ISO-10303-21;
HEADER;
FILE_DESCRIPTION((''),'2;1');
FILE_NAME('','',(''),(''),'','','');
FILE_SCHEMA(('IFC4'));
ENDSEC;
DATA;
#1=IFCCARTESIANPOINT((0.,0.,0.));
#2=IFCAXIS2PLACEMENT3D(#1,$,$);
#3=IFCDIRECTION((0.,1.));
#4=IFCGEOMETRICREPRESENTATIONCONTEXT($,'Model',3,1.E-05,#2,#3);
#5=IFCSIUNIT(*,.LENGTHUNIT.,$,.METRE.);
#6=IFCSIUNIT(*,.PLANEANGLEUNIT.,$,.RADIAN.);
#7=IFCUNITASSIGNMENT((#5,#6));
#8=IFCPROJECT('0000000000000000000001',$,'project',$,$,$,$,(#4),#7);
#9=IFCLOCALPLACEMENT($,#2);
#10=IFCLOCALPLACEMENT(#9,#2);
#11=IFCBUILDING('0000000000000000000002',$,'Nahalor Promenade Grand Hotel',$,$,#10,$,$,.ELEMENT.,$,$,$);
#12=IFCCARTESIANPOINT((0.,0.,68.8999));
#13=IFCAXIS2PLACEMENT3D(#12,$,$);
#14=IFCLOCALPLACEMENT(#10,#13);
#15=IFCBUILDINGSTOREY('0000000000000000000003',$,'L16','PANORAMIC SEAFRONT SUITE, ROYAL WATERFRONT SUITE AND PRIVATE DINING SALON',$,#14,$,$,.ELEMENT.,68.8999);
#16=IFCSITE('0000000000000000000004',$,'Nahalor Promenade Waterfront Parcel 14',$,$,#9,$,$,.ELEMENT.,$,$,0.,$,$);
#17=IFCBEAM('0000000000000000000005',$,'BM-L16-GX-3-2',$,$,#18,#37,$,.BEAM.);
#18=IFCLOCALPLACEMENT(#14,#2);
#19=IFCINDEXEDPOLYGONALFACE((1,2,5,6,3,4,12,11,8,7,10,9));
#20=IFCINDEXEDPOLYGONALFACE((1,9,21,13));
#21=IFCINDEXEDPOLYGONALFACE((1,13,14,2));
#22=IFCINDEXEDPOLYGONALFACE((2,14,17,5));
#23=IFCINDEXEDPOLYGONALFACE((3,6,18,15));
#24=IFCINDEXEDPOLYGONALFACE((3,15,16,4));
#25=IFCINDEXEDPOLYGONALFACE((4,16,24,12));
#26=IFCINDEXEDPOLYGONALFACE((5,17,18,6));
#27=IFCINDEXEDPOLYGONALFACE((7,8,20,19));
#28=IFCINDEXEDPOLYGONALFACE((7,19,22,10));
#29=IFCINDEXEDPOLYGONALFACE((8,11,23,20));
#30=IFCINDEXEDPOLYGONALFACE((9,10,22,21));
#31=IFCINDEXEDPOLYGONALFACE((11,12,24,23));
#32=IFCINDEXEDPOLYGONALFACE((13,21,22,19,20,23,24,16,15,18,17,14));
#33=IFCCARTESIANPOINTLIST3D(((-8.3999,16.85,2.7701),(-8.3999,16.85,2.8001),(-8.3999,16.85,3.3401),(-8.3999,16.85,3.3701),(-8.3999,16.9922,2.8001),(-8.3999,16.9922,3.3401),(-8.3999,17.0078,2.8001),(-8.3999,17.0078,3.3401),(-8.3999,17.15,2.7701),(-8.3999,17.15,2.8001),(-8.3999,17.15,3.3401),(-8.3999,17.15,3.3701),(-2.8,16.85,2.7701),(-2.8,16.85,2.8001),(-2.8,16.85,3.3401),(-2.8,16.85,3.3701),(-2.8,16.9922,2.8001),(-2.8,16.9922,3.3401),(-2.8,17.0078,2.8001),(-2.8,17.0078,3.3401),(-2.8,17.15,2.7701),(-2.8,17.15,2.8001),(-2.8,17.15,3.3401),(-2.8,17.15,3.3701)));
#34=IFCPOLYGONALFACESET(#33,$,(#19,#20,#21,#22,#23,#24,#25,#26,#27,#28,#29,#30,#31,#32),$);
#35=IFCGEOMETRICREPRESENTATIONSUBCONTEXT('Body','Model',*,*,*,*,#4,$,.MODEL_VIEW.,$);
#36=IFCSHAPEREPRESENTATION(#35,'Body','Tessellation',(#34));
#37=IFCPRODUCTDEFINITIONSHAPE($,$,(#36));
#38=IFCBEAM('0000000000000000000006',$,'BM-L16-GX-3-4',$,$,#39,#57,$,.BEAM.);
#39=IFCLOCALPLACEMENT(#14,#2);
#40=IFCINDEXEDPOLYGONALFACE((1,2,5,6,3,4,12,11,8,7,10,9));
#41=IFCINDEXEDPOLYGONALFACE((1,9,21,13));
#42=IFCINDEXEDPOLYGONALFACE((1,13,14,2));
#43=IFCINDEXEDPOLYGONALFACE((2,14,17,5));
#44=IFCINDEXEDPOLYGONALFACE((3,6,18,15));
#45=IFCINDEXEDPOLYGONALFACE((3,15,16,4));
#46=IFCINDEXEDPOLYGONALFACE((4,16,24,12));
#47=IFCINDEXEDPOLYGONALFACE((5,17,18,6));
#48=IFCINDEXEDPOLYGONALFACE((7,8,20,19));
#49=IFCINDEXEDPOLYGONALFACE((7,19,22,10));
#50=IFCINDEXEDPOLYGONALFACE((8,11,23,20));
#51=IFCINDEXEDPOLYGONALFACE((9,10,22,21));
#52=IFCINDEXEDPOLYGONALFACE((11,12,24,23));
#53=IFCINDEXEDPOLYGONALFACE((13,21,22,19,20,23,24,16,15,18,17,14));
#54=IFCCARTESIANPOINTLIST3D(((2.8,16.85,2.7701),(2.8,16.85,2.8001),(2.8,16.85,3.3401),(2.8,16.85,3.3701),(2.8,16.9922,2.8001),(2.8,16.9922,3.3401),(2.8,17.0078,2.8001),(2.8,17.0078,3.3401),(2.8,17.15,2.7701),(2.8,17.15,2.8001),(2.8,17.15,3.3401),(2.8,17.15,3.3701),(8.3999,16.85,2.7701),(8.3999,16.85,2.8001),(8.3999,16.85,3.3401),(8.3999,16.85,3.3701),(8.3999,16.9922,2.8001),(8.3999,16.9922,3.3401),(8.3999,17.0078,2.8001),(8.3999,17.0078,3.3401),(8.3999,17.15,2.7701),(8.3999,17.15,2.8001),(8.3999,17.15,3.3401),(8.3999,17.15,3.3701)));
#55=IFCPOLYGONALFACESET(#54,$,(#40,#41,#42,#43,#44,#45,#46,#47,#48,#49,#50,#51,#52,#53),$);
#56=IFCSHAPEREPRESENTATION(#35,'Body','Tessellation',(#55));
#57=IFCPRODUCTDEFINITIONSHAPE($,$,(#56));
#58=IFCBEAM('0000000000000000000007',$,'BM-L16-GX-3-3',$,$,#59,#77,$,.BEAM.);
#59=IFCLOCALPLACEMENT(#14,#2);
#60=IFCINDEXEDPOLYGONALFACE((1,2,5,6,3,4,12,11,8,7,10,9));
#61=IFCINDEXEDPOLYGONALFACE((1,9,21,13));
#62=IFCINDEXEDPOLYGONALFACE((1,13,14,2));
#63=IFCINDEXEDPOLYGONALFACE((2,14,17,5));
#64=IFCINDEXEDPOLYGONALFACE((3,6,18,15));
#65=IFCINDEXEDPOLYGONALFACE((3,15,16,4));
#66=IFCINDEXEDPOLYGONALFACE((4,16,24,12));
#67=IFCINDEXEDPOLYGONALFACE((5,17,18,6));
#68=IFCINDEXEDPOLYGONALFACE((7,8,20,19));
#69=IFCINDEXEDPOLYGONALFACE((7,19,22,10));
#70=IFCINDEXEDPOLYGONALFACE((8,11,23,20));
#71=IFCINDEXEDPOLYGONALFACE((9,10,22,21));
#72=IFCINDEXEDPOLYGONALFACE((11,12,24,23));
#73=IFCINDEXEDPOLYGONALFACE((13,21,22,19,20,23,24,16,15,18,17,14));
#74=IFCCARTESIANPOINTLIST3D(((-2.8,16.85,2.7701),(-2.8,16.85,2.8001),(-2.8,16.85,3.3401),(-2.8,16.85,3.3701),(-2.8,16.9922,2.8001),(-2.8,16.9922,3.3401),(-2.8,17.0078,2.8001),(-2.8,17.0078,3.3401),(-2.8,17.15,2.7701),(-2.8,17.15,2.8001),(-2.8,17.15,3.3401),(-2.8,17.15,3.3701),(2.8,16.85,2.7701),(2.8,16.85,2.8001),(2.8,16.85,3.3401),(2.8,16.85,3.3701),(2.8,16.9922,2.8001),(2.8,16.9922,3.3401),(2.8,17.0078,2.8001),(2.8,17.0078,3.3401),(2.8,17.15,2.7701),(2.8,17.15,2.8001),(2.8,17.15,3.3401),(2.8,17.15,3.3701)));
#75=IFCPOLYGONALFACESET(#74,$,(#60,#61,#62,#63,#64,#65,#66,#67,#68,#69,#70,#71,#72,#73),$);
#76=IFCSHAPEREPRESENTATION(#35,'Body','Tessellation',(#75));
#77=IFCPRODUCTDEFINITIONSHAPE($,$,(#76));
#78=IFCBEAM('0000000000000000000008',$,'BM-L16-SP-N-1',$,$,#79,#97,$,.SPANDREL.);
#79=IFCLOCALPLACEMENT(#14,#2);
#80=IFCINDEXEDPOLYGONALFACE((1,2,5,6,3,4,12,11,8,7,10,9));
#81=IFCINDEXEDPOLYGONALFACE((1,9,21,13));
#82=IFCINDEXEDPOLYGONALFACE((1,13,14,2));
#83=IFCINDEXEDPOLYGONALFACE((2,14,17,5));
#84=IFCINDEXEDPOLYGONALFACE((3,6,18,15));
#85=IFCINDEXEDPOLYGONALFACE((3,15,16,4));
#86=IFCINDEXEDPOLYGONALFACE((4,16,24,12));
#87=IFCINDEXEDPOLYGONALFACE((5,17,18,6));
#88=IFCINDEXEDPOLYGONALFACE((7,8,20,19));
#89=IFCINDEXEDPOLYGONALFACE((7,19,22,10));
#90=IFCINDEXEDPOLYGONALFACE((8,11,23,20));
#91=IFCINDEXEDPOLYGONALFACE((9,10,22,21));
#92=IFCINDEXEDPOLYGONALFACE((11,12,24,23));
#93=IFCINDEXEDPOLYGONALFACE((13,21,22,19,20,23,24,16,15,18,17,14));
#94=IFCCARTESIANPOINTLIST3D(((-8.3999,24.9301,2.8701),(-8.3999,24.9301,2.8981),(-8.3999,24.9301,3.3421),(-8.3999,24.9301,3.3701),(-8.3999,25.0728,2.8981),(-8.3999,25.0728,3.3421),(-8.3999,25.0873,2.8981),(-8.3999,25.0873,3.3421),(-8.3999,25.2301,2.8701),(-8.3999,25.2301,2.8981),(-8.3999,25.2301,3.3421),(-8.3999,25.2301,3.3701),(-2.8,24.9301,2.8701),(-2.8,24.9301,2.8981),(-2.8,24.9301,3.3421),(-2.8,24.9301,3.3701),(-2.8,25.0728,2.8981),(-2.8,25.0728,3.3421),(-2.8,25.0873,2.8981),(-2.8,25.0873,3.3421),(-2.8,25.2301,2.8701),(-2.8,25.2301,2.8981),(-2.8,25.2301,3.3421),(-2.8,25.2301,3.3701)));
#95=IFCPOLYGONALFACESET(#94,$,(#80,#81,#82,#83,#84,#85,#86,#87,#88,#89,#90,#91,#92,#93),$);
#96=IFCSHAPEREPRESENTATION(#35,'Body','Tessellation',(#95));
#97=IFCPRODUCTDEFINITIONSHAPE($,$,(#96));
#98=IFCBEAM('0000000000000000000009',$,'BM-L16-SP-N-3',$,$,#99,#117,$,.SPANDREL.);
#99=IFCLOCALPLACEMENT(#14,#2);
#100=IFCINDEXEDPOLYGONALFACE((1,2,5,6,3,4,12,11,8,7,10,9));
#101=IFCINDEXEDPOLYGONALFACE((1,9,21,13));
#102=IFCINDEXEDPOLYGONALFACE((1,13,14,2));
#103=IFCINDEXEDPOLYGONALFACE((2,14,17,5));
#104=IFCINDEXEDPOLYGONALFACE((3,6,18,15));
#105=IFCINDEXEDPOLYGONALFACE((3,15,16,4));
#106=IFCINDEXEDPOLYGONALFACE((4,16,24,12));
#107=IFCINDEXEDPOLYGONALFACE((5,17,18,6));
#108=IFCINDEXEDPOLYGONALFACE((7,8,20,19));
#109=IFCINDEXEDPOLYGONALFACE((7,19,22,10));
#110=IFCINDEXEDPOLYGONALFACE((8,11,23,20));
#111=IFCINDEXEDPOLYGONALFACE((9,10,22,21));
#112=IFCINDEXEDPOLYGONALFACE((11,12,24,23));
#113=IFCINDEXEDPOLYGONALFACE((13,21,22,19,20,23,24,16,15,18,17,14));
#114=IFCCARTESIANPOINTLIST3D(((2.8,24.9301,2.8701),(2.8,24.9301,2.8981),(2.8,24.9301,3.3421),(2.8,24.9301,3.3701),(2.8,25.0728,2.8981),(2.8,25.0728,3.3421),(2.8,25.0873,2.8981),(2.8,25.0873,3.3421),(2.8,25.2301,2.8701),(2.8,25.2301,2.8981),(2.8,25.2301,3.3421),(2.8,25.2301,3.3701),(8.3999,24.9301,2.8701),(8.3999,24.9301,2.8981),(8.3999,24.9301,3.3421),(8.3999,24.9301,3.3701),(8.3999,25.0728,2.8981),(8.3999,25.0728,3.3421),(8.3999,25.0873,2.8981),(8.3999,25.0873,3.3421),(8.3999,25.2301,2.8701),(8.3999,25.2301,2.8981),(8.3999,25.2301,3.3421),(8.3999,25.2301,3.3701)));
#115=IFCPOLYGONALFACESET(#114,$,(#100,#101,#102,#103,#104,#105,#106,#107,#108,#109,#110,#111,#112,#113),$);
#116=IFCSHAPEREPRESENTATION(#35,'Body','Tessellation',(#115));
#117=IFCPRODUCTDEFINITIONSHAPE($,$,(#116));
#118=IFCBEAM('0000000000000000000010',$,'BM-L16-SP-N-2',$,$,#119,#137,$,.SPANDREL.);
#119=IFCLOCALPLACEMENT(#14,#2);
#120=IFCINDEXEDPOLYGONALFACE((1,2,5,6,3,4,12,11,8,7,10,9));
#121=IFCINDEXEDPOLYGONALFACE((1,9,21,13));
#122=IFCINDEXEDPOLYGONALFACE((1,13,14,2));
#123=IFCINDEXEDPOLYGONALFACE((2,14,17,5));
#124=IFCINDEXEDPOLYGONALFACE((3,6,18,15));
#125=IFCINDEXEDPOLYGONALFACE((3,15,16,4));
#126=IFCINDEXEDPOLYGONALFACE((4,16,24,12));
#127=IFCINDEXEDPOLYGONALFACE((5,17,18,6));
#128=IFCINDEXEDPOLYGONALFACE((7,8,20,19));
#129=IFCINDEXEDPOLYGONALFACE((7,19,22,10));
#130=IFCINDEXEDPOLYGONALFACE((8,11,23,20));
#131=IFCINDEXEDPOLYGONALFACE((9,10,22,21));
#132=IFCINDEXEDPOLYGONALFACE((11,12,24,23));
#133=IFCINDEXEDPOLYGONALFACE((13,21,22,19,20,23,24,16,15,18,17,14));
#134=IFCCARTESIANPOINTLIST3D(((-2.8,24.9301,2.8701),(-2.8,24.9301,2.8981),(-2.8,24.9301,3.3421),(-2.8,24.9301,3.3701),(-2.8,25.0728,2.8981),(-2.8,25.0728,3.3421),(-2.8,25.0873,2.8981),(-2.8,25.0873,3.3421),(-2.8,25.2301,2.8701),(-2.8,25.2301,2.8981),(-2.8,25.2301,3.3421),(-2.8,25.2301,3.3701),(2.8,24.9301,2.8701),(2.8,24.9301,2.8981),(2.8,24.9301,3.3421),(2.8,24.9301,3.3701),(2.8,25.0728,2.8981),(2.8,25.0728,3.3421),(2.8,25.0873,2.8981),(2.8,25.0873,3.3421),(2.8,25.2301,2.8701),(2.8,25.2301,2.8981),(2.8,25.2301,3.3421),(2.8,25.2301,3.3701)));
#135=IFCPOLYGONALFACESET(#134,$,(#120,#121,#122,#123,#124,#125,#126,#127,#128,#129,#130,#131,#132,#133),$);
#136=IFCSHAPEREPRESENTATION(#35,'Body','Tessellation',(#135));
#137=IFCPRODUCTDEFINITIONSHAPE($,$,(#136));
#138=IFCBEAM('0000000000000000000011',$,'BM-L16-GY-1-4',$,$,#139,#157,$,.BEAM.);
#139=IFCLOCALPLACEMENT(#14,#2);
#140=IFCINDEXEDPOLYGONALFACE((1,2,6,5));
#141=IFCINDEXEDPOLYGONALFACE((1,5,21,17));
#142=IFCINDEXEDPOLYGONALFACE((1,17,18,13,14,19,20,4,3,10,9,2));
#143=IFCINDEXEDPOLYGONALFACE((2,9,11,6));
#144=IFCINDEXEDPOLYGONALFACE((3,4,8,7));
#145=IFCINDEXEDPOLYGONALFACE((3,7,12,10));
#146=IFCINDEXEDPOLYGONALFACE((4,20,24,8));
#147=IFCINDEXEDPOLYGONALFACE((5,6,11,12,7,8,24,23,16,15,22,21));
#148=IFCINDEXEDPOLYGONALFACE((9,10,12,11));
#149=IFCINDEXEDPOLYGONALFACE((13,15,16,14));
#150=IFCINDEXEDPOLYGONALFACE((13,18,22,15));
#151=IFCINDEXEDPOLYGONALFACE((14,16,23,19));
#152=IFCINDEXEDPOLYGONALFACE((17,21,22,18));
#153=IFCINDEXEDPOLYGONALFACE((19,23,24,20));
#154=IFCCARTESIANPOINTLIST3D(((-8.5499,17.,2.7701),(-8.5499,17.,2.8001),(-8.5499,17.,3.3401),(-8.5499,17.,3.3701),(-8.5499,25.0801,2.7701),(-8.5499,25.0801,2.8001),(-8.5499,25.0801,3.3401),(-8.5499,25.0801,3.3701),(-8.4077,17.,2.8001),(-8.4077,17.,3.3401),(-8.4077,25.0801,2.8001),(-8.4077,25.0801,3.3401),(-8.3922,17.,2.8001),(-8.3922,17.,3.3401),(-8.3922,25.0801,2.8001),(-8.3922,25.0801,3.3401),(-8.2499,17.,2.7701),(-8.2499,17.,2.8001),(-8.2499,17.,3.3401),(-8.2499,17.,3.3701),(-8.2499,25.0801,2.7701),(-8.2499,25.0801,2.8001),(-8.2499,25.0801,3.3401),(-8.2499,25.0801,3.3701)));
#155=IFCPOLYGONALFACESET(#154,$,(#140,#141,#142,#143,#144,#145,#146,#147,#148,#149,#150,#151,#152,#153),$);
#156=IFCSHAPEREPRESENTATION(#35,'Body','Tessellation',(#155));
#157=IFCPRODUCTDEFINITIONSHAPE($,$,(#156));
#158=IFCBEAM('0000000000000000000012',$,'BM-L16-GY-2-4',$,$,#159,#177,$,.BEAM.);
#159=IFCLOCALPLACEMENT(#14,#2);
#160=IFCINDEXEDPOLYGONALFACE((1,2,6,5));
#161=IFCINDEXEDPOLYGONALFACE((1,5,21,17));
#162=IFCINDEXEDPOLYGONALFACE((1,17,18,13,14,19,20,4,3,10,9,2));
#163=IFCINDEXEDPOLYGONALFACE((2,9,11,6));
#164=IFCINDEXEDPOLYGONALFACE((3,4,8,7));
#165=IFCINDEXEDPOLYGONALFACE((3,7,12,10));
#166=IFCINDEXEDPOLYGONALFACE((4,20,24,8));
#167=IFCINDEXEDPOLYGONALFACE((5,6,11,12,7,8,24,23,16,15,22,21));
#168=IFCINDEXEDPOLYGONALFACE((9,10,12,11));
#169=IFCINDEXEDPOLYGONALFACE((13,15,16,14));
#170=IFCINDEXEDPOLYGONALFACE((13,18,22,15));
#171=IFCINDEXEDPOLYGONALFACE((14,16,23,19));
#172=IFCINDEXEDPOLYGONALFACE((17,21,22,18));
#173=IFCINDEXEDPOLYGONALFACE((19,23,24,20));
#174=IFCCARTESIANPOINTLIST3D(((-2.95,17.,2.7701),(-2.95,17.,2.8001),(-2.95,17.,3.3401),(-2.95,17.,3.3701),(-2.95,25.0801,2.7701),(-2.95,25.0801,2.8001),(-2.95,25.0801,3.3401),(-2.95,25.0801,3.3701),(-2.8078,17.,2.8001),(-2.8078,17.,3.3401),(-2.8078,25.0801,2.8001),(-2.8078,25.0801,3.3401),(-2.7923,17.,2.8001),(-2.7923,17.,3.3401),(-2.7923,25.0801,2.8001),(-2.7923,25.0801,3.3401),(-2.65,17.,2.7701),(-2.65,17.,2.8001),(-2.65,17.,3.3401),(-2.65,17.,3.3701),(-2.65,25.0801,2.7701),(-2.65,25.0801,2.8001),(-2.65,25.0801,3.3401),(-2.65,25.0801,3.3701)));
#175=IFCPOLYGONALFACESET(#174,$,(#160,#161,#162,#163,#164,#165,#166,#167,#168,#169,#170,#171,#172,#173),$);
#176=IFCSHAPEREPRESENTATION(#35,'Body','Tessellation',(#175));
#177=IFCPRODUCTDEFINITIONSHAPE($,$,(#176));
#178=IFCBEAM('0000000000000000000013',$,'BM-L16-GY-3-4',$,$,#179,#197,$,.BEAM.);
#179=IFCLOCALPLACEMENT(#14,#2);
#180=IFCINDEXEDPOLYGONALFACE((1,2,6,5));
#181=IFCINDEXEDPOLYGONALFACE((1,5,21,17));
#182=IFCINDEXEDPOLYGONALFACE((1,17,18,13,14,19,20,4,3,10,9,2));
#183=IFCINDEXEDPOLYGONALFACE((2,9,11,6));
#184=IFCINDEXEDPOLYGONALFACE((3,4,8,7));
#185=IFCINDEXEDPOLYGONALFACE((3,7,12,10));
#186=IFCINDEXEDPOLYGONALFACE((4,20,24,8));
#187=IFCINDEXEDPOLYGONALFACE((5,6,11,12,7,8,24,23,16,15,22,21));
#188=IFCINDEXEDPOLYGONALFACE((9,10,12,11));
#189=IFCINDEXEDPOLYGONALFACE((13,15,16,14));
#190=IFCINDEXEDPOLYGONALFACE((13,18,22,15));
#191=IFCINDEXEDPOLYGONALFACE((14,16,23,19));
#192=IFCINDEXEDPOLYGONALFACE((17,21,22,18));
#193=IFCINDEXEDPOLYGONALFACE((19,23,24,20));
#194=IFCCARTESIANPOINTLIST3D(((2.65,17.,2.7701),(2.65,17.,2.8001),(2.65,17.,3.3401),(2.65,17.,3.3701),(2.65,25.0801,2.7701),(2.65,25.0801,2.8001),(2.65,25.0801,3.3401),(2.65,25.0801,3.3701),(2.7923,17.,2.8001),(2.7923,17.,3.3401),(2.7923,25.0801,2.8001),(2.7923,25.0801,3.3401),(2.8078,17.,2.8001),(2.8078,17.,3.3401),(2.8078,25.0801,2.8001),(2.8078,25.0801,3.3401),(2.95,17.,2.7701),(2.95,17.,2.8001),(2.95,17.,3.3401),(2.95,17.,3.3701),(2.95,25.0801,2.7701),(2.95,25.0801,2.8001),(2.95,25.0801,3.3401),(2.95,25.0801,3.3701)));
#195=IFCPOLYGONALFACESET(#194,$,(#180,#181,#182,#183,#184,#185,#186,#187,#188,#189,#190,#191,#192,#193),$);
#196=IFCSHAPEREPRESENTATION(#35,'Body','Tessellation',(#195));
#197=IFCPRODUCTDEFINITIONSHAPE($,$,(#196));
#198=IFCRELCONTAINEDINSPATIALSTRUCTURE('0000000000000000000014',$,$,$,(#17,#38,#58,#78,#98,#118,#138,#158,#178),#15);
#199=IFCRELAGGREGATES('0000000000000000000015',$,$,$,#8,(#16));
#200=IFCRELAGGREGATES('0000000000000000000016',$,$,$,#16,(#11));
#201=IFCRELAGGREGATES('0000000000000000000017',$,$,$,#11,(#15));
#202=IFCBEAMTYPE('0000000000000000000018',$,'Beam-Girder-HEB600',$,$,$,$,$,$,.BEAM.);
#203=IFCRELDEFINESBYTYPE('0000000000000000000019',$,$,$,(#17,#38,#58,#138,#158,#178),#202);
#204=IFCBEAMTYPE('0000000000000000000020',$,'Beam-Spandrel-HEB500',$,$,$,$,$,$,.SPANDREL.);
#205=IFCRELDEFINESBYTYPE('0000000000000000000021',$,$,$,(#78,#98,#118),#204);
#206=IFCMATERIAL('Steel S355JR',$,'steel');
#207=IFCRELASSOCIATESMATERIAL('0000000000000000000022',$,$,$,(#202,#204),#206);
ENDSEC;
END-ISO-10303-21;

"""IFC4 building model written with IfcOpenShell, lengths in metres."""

from ifc_helpers import new_model, si_unit, direction, frame, origin, origin_2d, place, context, subcontext, project, spatial, i_section, extrude, source, transform, mapped, material, material_profile, profile_set, type_object, element, save


model = new_model("IFC4")

# Units and contexts
model_context = context("Model", 3, precision=1e-05, world=origin(), true_north=direction((0.0, 1.0)))
body_context = subcontext(model_context, "Body", "Model", "MODEL_VIEW")
ifc_project = project(units=[si_unit("LENGTHUNIT", "METRE"), si_unit("PLANEANGLEUNIT", "RADIAN")], contexts=[model_context])

# Site, building, storey
site_placement = place(None, origin())
site = spatial("IfcSite", under=ifc_project, at=site_placement, Name="Nahalor Promenade Waterfront Parcel 14", CompositionType="ELEMENT", RefElevation=0.0)
building_placement = place(site_placement, origin())
building = spatial("IfcBuilding", under=site, at=building_placement, Name="Nahalor Promenade Grand Hotel", CompositionType="ELEMENT")
storey_placement = place(building_placement, frame((0.0, 0.0, 68.8999)))
storey = spatial("IfcBuildingStorey", under=building, at=storey_placement, Name="L16", Description="PANORAMIC SEAFRONT SUITE, ROYAL WATERFRONT SUITE AND PRIVATE DINING SALON", CompositionType="ELEMENT", Elevation=68.8999)

# Beams
ifc_material_1 = material(Name="Steel S355JR", Category="steel")
ifc_material_profile_1 = material_profile(ifc_material_1, i_section(OverallWidth=0.3, OverallDepth=0.6, WebThickness=0.0155, FlangeThickness=0.03, at=origin_2d()), Name="HEB 600")
ifc_profile_set_1 = profile_set([ifc_material_profile_1], Name="Steel S355JR")
beam_type_1 = type_object("IfcBeamType", Name="Beam-Girder-HEB600", PredefinedType="BEAM", material=ifc_profile_set_1)
shared_shape_1 = source(origin(), body_context, "Body", "SweptSolid", [
    extrude(i_section(OverallWidth=0.3, OverallDepth=0.6, WebThickness=0.0155, FlangeThickness=0.03, at=origin_2d()), origin(), (0.0, 0.0, 1.0), 5.5999),
])
for number, where, z_axis, x_axis, name in (
    (1, (-8.3999, 17.0, 3.0701), (1.0, 0.0, 0.0), (0.0, 1.0, 0.0), "BM-L16-GX-3-2"),
    (2, (2.8, 17.0, 3.0701), (1.0, 0.0, 0.0), (0.0, 1.0, 0.0), "BM-L16-GX-3-4"),
):
    element("IfcBeam", number, at=place(storey_placement, frame(where, z_axis=z_axis, x_axis=x_axis)), inside=storey, type_object=beam_type_1, Name=name, PredefinedType="BEAM", context=body_context, shape_type="MappedRepresentation", body=[
        mapped(shared_shape_1, transform((0.0, 0.0, 0.0), scale=1.0)),
    ])
shared_shape_2 = source(origin(), body_context, "Body", "SweptSolid", [
    extrude(i_section(OverallWidth=0.3, OverallDepth=0.6, WebThickness=0.0155, FlangeThickness=0.03, at=origin_2d()), origin(), (0.0, 0.0, 1.0), 5.6001),
])
beam_1_placement = place(storey_placement, frame((-2.8, 17.0, 3.0701), z_axis=(1.0, 0.0, 0.0), x_axis=(0.0, 1.0, 0.0)))
element("IfcBeam", 3, at=beam_1_placement, inside=storey, type_object=beam_type_1, Name="BM-L16-GX-3-3", PredefinedType="BEAM", context=body_context, shape_type="MappedRepresentation", body=[
    mapped(shared_shape_2, transform((0.0, 0.0, 0.0), scale=1.0)),
])
ifc_material_profile_2 = material_profile(ifc_material_1, i_section(OverallWidth=0.3, OverallDepth=0.5, WebThickness=0.0145, FlangeThickness=0.028, at=origin_2d()), Name="HEB 500")
ifc_profile_set_2 = profile_set([ifc_material_profile_2], Name="Steel S355JR")
beam_type_2 = type_object("IfcBeamType", Name="Beam-Spandrel-HEB500", PredefinedType="SPANDREL", material=ifc_profile_set_2)
shared_shape_3 = source(origin(), body_context, "Body", "SweptSolid", [
    extrude(i_section(OverallWidth=0.3, OverallDepth=0.5, WebThickness=0.0145, FlangeThickness=0.028, at=origin_2d()), origin(), (0.0, 0.0, 1.0), 5.5999),
])
for number, where, z_axis, x_axis, name in (
    (4, (-8.3999, 25.0801, 3.1201), (1.0, 0.0, 0.0), (0.0, 1.0, 0.0), "BM-L16-SP-N-1"),
    (5, (2.8, 25.0801, 3.1201), (1.0, 0.0, 0.0), (0.0, 1.0, 0.0), "BM-L16-SP-N-3"),
):
    element("IfcBeam", number, at=place(storey_placement, frame(where, z_axis=z_axis, x_axis=x_axis)), inside=storey, type_object=beam_type_2, Name=name, PredefinedType="SPANDREL", context=body_context, shape_type="MappedRepresentation", body=[
        mapped(shared_shape_3, transform((0.0, 0.0, 0.0), scale=1.0)),
    ])
shared_shape_4 = source(origin(), body_context, "Body", "SweptSolid", [
    extrude(i_section(OverallWidth=0.3, OverallDepth=0.5, WebThickness=0.0145, FlangeThickness=0.028, at=origin_2d()), origin(), (0.0, 0.0, 1.0), 5.6001),
])
beam_2_placement = place(storey_placement, frame((-2.8, 25.0801, 3.1201), z_axis=(1.0, 0.0, 0.0), x_axis=(0.0, 1.0, 0.0)))
element("IfcBeam", 6, at=beam_2_placement, inside=storey, type_object=beam_type_2, Name="BM-L16-SP-N-2", PredefinedType="SPANDREL", context=body_context, shape_type="MappedRepresentation", body=[
    mapped(shared_shape_4, transform((0.0, 0.0, 0.0), scale=1.0)),
])
shared_shape_5 = source(origin(), body_context, "Body", "SweptSolid", [
    extrude(i_section(OverallWidth=0.3, OverallDepth=0.6, WebThickness=0.0155, FlangeThickness=0.03, at=origin_2d()), origin(), (0.0, 0.0, 1.0), 8.0801),
])
for number, where, z_axis, x_axis, name in (
    (7, (-8.3999, 17.0, 3.0701), (0.0, 1.0, 0.0), (-1.0, 0.0, 0.0), "BM-L16-GY-1-4"),
    (8, (-2.8, 17.0, 3.0701), (0.0, 1.0, 0.0), (-1.0, 0.0, 0.0), "BM-L16-GY-2-4"),
    (9, (2.8, 17.0, 3.0701), (0.0, 1.0, 0.0), (-1.0, 0.0, 0.0), "BM-L16-GY-3-4"),
):
    element("IfcBeam", number, at=place(storey_placement, frame(where, z_axis=z_axis, x_axis=x_axis)), inside=storey, type_object=beam_type_1, Name=name, PredefinedType="BEAM", context=body_context, shape_type="MappedRepresentation", body=[
        mapped(shared_shape_5, transform((0.0, 0.0, 0.0), scale=1.0)),
    ])

save(model, "model.ifc")
